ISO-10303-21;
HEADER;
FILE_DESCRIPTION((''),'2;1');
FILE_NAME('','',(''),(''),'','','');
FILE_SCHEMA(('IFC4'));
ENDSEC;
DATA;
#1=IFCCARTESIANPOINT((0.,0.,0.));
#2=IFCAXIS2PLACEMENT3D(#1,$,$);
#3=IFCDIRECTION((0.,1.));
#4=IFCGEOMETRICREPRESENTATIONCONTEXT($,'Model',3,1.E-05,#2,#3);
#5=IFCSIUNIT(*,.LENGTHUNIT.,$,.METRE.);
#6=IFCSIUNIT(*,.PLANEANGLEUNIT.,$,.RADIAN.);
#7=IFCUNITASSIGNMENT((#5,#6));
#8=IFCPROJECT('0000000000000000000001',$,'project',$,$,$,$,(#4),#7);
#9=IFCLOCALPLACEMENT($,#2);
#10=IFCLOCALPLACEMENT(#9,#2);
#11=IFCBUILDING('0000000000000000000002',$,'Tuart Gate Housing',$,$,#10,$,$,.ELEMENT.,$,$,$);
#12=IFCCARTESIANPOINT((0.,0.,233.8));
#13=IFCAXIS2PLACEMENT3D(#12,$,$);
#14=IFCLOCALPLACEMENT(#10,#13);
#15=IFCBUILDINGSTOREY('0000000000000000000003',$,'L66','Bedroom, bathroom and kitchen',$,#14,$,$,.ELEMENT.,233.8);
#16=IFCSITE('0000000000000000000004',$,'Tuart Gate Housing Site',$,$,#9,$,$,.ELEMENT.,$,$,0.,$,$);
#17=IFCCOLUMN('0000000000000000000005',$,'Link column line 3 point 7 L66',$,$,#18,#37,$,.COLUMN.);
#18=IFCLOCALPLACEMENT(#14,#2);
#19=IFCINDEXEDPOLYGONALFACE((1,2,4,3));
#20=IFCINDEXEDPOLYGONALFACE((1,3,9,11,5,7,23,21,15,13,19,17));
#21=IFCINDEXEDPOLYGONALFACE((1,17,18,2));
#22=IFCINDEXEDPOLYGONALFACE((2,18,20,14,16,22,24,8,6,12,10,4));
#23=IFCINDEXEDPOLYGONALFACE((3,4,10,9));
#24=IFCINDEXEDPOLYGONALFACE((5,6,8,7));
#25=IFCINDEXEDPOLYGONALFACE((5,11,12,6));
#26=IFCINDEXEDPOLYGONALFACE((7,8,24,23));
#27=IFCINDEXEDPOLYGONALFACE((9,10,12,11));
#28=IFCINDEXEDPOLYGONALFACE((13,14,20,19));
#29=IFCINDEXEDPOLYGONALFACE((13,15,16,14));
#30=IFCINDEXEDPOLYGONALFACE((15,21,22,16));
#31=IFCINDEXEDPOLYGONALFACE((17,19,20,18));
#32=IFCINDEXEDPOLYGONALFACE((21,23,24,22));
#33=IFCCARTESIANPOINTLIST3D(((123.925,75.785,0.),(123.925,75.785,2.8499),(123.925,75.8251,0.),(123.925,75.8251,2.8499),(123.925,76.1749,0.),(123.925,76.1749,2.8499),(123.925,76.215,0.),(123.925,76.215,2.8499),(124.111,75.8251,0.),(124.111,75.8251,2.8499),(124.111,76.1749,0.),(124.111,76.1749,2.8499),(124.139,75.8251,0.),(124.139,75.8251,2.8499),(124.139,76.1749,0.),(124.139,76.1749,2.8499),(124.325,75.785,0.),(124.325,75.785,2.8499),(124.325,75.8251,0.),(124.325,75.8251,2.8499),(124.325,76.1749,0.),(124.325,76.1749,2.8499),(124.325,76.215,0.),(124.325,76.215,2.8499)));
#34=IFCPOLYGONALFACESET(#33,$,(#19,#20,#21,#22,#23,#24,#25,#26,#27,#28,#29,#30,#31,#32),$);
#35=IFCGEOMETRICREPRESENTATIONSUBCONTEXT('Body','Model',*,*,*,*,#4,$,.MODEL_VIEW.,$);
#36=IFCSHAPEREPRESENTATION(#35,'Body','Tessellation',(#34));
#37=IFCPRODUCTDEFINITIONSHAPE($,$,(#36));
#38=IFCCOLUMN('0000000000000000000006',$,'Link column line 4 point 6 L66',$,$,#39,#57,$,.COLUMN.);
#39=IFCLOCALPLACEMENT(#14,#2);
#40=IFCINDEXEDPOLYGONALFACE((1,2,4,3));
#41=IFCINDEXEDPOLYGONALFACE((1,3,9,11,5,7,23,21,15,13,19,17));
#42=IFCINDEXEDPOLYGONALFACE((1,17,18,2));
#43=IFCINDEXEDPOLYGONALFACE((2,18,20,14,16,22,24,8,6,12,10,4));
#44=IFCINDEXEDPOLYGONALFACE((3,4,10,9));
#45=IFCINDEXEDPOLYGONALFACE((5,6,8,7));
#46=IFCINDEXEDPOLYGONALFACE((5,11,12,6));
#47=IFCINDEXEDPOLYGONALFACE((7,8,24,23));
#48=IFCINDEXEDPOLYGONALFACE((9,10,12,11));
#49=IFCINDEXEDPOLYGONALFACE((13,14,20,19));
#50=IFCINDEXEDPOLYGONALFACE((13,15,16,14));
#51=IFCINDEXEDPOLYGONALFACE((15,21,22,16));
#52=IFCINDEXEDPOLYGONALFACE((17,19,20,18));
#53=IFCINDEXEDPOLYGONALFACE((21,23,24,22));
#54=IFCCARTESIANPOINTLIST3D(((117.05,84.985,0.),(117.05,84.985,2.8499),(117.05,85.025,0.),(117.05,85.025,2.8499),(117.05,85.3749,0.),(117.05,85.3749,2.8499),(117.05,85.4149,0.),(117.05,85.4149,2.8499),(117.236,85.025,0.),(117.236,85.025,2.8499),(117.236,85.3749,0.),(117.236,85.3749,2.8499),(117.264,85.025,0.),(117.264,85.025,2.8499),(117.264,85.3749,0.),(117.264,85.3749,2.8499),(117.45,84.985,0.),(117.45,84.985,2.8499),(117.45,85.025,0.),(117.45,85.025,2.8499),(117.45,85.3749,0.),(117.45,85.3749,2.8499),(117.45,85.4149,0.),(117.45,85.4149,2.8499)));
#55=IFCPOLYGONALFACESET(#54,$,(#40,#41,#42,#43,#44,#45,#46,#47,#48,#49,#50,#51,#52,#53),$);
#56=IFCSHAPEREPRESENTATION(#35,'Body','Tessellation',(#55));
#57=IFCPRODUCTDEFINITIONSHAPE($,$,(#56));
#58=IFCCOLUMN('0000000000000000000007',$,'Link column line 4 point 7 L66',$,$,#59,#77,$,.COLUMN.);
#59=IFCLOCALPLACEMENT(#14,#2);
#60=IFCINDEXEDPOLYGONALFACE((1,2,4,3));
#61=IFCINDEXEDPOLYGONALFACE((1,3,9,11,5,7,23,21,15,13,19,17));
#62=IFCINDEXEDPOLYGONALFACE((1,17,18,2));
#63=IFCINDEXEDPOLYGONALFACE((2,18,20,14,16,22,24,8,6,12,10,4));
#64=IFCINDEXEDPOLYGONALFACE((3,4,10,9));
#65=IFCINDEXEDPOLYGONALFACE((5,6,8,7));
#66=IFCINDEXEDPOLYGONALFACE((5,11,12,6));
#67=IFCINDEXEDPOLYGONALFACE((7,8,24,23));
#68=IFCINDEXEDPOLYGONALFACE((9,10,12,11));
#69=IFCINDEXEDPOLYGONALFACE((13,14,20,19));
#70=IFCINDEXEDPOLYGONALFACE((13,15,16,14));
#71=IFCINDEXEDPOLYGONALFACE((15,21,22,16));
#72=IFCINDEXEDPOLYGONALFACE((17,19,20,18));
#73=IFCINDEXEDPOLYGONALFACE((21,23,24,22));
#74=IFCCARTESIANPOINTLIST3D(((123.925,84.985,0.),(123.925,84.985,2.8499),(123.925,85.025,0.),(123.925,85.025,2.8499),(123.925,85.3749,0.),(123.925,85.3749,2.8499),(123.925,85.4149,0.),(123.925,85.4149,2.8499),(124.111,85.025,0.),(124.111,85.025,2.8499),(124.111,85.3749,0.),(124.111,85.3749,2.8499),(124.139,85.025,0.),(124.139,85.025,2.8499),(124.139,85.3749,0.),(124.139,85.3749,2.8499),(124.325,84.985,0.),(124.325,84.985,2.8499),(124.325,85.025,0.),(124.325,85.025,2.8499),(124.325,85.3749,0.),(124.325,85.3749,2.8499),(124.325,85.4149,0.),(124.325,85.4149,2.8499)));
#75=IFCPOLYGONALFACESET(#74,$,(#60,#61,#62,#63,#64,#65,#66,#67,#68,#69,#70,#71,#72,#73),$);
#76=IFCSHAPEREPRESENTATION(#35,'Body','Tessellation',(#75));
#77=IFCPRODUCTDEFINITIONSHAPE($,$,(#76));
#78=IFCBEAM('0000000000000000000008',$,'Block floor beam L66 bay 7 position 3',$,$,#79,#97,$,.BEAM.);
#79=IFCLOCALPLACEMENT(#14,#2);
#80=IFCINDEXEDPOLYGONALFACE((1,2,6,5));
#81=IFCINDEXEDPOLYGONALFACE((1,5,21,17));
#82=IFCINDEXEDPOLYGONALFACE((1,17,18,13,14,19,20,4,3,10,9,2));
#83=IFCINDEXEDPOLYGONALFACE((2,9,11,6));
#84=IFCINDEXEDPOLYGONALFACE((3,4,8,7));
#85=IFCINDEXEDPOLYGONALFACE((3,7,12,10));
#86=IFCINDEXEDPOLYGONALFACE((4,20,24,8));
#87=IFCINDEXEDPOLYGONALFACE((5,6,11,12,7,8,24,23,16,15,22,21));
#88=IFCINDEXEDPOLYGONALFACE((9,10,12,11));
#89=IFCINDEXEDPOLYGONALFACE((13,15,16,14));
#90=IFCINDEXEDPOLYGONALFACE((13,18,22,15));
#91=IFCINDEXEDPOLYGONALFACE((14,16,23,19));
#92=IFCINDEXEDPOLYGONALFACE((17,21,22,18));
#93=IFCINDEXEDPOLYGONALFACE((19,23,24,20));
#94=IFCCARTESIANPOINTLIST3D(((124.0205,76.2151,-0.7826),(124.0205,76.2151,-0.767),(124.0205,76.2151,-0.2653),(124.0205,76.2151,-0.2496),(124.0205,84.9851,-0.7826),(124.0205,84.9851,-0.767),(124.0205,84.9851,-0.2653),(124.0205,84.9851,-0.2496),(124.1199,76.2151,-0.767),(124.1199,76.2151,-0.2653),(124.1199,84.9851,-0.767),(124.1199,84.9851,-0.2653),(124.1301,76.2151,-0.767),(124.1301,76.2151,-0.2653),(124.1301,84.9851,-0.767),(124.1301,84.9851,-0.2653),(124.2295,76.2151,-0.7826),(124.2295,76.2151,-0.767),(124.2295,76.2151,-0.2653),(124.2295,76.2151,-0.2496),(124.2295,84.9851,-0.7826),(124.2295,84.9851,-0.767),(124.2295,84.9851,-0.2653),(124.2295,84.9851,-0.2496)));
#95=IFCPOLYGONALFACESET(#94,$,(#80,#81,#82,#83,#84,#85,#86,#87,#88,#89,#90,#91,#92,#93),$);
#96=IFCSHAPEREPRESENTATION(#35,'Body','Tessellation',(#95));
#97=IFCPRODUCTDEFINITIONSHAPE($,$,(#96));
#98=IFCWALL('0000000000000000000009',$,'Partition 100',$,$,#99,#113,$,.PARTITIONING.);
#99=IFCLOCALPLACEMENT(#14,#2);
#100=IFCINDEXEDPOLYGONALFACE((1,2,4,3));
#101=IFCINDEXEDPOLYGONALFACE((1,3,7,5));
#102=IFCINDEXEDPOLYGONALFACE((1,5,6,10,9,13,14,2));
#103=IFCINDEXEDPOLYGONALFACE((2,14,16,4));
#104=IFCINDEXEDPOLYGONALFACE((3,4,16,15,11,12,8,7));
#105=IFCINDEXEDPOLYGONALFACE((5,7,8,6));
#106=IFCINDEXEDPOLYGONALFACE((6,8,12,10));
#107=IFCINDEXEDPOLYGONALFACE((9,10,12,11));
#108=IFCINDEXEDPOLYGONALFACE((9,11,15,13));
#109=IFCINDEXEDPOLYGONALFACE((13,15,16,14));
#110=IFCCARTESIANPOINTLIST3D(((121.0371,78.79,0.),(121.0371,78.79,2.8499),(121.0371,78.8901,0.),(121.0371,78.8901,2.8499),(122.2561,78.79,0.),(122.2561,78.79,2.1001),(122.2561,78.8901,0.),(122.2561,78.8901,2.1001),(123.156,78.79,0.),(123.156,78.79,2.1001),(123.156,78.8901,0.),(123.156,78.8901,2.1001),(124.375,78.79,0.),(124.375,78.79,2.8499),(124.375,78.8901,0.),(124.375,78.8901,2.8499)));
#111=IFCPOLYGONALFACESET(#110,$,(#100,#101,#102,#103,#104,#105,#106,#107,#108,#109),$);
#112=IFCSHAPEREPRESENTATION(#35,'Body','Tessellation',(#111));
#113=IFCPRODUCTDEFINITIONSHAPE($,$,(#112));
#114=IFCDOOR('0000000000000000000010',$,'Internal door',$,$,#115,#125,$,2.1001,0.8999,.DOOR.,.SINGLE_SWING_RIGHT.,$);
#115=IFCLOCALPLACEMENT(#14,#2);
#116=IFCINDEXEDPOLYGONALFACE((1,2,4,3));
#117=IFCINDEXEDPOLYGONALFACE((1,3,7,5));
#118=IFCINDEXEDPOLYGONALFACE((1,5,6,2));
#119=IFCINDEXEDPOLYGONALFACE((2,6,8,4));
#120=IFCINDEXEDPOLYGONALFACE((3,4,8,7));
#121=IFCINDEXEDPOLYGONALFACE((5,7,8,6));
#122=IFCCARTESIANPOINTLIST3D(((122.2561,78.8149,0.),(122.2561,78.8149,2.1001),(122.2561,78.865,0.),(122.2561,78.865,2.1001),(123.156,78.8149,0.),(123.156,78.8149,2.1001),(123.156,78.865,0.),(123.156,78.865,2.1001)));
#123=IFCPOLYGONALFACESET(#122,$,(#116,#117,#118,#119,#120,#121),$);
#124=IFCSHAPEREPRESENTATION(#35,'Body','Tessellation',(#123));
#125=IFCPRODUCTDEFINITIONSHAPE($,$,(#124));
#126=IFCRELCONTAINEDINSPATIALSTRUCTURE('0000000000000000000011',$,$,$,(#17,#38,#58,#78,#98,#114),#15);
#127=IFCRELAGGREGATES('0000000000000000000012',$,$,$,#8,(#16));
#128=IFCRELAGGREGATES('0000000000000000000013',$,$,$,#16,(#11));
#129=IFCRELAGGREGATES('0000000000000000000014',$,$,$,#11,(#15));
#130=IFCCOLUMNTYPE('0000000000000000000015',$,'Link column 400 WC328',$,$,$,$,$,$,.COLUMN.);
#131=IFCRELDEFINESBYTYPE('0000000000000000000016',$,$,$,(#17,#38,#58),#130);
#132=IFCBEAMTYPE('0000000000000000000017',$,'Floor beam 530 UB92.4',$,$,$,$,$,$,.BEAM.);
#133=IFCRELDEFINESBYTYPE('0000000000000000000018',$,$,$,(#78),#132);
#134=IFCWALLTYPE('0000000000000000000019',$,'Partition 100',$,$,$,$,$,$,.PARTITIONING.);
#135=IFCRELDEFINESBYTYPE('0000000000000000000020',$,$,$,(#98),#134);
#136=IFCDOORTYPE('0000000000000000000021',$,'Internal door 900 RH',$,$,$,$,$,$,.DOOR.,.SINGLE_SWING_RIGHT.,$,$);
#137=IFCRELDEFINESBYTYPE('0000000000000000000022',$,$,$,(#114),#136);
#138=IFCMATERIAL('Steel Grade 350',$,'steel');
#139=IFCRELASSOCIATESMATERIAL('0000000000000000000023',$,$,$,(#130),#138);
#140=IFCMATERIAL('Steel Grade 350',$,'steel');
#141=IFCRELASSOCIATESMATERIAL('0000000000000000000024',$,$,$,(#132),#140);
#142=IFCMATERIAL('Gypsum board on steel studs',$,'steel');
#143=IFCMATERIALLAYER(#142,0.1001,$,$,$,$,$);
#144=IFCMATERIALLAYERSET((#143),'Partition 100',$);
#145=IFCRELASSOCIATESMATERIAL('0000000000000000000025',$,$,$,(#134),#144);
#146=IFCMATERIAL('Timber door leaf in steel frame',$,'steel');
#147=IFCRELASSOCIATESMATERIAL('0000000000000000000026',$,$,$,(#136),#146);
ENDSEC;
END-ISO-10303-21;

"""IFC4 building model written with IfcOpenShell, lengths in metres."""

from ifc_helpers import new_model, si_unit, direction, frame, frame_2d, origin, origin_2d, place, context, subcontext, project, spatial, rectangle, i_section, extrude, material, layer, layer_set, material_profile, profile_set, type_object, element, fill, save


model = new_model("IFC4")

# Units and contexts
model_context = context("Model", 3, precision=1e-05, world=origin(), true_north=direction((0.0, 1.0)))
body_context = subcontext(model_context, "Body", "Model", "MODEL_VIEW")
ifc_project = project(units=[si_unit("LENGTHUNIT", "METRE"), si_unit("PLANEANGLEUNIT", "RADIAN")], contexts=[model_context])

# Site, building, storey
site_placement = place(None, origin())
site = spatial("IfcSite", under=ifc_project, at=site_placement, Name="Tuart Gate Housing Site", CompositionType="ELEMENT", RefElevation=0.0)
building_placement = place(site_placement, origin())
building = spatial("IfcBuilding", under=site, at=building_placement, Name="Tuart Gate Housing", CompositionType="ELEMENT")
storey_placement = place(building_placement, frame((0.0, 0.0, 233.8)))
storey = spatial("IfcBuildingStorey", under=building, at=storey_placement, Name="L66", Description="Bedroom, bathroom and kitchen", CompositionType="ELEMENT", Elevation=233.8)

# Columns
ifc_material_1 = material(Name="Steel Grade 350", Category="steel")
ifc_material_profile_1 = material_profile(ifc_material_1, i_section(OverallWidth=0.3999, OverallDepth=0.4299, WebThickness=0.0281, FlangeThickness=0.04, at=origin_2d()), Name="400WC328")
ifc_profile_set_1 = profile_set([ifc_material_profile_1], Name="Steel Grade 350")
column_type = type_object("IfcColumnType", Name="Link column 400 WC328", PredefinedType="COLUMN", material=ifc_profile_set_1)
for number, where, z_axis, x_axis, name in (
    (1, (124.125, 76.0, 0.0), (0.0, 0.0, 1.0), (1.0, 0.0, 0.0), "Link column line 3 point 7 L66"),
    (2, (117.25, 85.2, 0.0), (0.0, 0.0, 1.0), (1.0, 0.0, 0.0), "Link column line 4 point 6 L66"),
    (3, (124.125, 85.2, 0.0), (0.0, 0.0, 1.0), (1.0, 0.0, 0.0), "Link column line 4 point 7 L66"),
):
    element("IfcColumn", number, at=place(storey_placement, frame(where, z_axis=z_axis, x_axis=x_axis)), inside=storey, type_object=column_type, Name=name, PredefinedType="COLUMN", context=body_context, shape_type="SweptSolid", body=[
        extrude(i_section(OverallWidth=0.3999, OverallDepth=0.4299, WebThickness=0.0281, FlangeThickness=0.04, at=origin_2d()), origin(), (0.0, 0.0, 1.0), 2.8499),
    ])

# Beam
ifc_material_2 = material(Name="Steel Grade 350", Category="steel")
ifc_material_profile_2 = material_profile(ifc_material_2, i_section(OverallWidth=0.209, OverallDepth=0.533, WebThickness=0.0103, FlangeThickness=0.0156, at=origin_2d()), Name="530UB92.4")
ifc_profile_set_2 = profile_set([ifc_material_profile_2], Name="Steel Grade 350")
beam_type = type_object("IfcBeamType", Name="Floor beam 530 UB92.4", PredefinedType="BEAM", material=ifc_profile_set_2)
beam_placement = place(storey_placement, frame((124.125, 76.2151, -0.5161), z_axis=(0.0, 1.0, 0.0), x_axis=(-1.0, 0.0, 0.0)))
element("IfcBeam", 4, at=beam_placement, inside=storey, type_object=beam_type, Name="Block floor beam L66 bay 7 position 3", PredefinedType="BEAM", context=body_context, shape_type="SweptSolid", body=[
    extrude(i_section(OverallWidth=0.209, OverallDepth=0.533, WebThickness=0.0103, FlangeThickness=0.0156, at=origin_2d()), origin(), (0.0, 0.0, 1.0), 8.77),
])

# Wall, opening, door
ifc_material_3 = material(Name="Gypsum board on steel studs", Category="steel")
ifc_layer = layer(ifc_material_3, 0.1001)
ifc_layer_set = layer_set([ifc_layer], Name="Partition 100")
wall_type = type_object("IfcWallType", Name="Partition 100", PredefinedType="PARTITIONING", material=ifc_layer_set)
wall_placement = place(storey_placement, frame((121.0371, 78.8401, 0.0), z_axis=(0.0, 0.0, 1.0), x_axis=(1.0, 0.0, 0.0)))
wall = element("IfcWall", 5, at=wall_placement, inside=storey, type_object=wall_type, Name="Partition 100", PredefinedType="PARTITIONING", context=body_context, shape_type="SweptSolid", body=[
    extrude(rectangle(XDim=3.3379, YDim=0.1001, at=frame_2d((1.6689, 0.0))), origin(), (0.0, 0.0, 1.0), 2.8499),
])
opening_placement = place(wall_placement, frame((1.219, 0.0, 0.0)))
opening = element("IfcOpeningElement", 6, at=opening_placement, cuts=wall, PredefinedType="OPENING", context=body_context, shape_type="SweptSolid", body=[
    extrude(rectangle(XDim=0.8999, YDim=2.1001, at=frame_2d((0.45, 1.05))), frame((0.0, 0.0601, 0.0), z_axis=(0.0, -1.0, 0.0), x_axis=(1.0, 0.0, 0.0)), (0.0, 0.0, 1.0), 0.1201),
])
ifc_material_4 = material(Name="Timber door leaf in steel frame", Category="steel")
door_type = type_object("IfcDoorType", Name="Internal door 900 RH", OperationType="SINGLE_SWING_RIGHT", PredefinedType="DOOR", material=ifc_material_4)
door_placement = place(opening_placement, frame((0.8999, 0.0, 0.0), z_axis=(0.0, 0.0, 1.0), x_axis=(-1.0, 0.0, 0.0)))
door = element("IfcDoor", 7, at=door_placement, inside=storey, type_object=door_type, Name="Internal door", OperationType="SINGLE_SWING_RIGHT", OverallHeight=2.1001, OverallWidth=0.8999, PredefinedType="DOOR", context=body_context, shape_type="SweptSolid", body=[
    extrude(rectangle(XDim=0.8999, YDim=2.1001, at=frame_2d((0.45, 1.05))), frame((0.0, 0.0251, 0.0), z_axis=(0.0, -1.0, 0.0), x_axis=(1.0, 0.0, 0.0)), (0.0, 0.0, 1.0), 0.05),
])
fill(opening, door)

save(model, "model.ifc")
